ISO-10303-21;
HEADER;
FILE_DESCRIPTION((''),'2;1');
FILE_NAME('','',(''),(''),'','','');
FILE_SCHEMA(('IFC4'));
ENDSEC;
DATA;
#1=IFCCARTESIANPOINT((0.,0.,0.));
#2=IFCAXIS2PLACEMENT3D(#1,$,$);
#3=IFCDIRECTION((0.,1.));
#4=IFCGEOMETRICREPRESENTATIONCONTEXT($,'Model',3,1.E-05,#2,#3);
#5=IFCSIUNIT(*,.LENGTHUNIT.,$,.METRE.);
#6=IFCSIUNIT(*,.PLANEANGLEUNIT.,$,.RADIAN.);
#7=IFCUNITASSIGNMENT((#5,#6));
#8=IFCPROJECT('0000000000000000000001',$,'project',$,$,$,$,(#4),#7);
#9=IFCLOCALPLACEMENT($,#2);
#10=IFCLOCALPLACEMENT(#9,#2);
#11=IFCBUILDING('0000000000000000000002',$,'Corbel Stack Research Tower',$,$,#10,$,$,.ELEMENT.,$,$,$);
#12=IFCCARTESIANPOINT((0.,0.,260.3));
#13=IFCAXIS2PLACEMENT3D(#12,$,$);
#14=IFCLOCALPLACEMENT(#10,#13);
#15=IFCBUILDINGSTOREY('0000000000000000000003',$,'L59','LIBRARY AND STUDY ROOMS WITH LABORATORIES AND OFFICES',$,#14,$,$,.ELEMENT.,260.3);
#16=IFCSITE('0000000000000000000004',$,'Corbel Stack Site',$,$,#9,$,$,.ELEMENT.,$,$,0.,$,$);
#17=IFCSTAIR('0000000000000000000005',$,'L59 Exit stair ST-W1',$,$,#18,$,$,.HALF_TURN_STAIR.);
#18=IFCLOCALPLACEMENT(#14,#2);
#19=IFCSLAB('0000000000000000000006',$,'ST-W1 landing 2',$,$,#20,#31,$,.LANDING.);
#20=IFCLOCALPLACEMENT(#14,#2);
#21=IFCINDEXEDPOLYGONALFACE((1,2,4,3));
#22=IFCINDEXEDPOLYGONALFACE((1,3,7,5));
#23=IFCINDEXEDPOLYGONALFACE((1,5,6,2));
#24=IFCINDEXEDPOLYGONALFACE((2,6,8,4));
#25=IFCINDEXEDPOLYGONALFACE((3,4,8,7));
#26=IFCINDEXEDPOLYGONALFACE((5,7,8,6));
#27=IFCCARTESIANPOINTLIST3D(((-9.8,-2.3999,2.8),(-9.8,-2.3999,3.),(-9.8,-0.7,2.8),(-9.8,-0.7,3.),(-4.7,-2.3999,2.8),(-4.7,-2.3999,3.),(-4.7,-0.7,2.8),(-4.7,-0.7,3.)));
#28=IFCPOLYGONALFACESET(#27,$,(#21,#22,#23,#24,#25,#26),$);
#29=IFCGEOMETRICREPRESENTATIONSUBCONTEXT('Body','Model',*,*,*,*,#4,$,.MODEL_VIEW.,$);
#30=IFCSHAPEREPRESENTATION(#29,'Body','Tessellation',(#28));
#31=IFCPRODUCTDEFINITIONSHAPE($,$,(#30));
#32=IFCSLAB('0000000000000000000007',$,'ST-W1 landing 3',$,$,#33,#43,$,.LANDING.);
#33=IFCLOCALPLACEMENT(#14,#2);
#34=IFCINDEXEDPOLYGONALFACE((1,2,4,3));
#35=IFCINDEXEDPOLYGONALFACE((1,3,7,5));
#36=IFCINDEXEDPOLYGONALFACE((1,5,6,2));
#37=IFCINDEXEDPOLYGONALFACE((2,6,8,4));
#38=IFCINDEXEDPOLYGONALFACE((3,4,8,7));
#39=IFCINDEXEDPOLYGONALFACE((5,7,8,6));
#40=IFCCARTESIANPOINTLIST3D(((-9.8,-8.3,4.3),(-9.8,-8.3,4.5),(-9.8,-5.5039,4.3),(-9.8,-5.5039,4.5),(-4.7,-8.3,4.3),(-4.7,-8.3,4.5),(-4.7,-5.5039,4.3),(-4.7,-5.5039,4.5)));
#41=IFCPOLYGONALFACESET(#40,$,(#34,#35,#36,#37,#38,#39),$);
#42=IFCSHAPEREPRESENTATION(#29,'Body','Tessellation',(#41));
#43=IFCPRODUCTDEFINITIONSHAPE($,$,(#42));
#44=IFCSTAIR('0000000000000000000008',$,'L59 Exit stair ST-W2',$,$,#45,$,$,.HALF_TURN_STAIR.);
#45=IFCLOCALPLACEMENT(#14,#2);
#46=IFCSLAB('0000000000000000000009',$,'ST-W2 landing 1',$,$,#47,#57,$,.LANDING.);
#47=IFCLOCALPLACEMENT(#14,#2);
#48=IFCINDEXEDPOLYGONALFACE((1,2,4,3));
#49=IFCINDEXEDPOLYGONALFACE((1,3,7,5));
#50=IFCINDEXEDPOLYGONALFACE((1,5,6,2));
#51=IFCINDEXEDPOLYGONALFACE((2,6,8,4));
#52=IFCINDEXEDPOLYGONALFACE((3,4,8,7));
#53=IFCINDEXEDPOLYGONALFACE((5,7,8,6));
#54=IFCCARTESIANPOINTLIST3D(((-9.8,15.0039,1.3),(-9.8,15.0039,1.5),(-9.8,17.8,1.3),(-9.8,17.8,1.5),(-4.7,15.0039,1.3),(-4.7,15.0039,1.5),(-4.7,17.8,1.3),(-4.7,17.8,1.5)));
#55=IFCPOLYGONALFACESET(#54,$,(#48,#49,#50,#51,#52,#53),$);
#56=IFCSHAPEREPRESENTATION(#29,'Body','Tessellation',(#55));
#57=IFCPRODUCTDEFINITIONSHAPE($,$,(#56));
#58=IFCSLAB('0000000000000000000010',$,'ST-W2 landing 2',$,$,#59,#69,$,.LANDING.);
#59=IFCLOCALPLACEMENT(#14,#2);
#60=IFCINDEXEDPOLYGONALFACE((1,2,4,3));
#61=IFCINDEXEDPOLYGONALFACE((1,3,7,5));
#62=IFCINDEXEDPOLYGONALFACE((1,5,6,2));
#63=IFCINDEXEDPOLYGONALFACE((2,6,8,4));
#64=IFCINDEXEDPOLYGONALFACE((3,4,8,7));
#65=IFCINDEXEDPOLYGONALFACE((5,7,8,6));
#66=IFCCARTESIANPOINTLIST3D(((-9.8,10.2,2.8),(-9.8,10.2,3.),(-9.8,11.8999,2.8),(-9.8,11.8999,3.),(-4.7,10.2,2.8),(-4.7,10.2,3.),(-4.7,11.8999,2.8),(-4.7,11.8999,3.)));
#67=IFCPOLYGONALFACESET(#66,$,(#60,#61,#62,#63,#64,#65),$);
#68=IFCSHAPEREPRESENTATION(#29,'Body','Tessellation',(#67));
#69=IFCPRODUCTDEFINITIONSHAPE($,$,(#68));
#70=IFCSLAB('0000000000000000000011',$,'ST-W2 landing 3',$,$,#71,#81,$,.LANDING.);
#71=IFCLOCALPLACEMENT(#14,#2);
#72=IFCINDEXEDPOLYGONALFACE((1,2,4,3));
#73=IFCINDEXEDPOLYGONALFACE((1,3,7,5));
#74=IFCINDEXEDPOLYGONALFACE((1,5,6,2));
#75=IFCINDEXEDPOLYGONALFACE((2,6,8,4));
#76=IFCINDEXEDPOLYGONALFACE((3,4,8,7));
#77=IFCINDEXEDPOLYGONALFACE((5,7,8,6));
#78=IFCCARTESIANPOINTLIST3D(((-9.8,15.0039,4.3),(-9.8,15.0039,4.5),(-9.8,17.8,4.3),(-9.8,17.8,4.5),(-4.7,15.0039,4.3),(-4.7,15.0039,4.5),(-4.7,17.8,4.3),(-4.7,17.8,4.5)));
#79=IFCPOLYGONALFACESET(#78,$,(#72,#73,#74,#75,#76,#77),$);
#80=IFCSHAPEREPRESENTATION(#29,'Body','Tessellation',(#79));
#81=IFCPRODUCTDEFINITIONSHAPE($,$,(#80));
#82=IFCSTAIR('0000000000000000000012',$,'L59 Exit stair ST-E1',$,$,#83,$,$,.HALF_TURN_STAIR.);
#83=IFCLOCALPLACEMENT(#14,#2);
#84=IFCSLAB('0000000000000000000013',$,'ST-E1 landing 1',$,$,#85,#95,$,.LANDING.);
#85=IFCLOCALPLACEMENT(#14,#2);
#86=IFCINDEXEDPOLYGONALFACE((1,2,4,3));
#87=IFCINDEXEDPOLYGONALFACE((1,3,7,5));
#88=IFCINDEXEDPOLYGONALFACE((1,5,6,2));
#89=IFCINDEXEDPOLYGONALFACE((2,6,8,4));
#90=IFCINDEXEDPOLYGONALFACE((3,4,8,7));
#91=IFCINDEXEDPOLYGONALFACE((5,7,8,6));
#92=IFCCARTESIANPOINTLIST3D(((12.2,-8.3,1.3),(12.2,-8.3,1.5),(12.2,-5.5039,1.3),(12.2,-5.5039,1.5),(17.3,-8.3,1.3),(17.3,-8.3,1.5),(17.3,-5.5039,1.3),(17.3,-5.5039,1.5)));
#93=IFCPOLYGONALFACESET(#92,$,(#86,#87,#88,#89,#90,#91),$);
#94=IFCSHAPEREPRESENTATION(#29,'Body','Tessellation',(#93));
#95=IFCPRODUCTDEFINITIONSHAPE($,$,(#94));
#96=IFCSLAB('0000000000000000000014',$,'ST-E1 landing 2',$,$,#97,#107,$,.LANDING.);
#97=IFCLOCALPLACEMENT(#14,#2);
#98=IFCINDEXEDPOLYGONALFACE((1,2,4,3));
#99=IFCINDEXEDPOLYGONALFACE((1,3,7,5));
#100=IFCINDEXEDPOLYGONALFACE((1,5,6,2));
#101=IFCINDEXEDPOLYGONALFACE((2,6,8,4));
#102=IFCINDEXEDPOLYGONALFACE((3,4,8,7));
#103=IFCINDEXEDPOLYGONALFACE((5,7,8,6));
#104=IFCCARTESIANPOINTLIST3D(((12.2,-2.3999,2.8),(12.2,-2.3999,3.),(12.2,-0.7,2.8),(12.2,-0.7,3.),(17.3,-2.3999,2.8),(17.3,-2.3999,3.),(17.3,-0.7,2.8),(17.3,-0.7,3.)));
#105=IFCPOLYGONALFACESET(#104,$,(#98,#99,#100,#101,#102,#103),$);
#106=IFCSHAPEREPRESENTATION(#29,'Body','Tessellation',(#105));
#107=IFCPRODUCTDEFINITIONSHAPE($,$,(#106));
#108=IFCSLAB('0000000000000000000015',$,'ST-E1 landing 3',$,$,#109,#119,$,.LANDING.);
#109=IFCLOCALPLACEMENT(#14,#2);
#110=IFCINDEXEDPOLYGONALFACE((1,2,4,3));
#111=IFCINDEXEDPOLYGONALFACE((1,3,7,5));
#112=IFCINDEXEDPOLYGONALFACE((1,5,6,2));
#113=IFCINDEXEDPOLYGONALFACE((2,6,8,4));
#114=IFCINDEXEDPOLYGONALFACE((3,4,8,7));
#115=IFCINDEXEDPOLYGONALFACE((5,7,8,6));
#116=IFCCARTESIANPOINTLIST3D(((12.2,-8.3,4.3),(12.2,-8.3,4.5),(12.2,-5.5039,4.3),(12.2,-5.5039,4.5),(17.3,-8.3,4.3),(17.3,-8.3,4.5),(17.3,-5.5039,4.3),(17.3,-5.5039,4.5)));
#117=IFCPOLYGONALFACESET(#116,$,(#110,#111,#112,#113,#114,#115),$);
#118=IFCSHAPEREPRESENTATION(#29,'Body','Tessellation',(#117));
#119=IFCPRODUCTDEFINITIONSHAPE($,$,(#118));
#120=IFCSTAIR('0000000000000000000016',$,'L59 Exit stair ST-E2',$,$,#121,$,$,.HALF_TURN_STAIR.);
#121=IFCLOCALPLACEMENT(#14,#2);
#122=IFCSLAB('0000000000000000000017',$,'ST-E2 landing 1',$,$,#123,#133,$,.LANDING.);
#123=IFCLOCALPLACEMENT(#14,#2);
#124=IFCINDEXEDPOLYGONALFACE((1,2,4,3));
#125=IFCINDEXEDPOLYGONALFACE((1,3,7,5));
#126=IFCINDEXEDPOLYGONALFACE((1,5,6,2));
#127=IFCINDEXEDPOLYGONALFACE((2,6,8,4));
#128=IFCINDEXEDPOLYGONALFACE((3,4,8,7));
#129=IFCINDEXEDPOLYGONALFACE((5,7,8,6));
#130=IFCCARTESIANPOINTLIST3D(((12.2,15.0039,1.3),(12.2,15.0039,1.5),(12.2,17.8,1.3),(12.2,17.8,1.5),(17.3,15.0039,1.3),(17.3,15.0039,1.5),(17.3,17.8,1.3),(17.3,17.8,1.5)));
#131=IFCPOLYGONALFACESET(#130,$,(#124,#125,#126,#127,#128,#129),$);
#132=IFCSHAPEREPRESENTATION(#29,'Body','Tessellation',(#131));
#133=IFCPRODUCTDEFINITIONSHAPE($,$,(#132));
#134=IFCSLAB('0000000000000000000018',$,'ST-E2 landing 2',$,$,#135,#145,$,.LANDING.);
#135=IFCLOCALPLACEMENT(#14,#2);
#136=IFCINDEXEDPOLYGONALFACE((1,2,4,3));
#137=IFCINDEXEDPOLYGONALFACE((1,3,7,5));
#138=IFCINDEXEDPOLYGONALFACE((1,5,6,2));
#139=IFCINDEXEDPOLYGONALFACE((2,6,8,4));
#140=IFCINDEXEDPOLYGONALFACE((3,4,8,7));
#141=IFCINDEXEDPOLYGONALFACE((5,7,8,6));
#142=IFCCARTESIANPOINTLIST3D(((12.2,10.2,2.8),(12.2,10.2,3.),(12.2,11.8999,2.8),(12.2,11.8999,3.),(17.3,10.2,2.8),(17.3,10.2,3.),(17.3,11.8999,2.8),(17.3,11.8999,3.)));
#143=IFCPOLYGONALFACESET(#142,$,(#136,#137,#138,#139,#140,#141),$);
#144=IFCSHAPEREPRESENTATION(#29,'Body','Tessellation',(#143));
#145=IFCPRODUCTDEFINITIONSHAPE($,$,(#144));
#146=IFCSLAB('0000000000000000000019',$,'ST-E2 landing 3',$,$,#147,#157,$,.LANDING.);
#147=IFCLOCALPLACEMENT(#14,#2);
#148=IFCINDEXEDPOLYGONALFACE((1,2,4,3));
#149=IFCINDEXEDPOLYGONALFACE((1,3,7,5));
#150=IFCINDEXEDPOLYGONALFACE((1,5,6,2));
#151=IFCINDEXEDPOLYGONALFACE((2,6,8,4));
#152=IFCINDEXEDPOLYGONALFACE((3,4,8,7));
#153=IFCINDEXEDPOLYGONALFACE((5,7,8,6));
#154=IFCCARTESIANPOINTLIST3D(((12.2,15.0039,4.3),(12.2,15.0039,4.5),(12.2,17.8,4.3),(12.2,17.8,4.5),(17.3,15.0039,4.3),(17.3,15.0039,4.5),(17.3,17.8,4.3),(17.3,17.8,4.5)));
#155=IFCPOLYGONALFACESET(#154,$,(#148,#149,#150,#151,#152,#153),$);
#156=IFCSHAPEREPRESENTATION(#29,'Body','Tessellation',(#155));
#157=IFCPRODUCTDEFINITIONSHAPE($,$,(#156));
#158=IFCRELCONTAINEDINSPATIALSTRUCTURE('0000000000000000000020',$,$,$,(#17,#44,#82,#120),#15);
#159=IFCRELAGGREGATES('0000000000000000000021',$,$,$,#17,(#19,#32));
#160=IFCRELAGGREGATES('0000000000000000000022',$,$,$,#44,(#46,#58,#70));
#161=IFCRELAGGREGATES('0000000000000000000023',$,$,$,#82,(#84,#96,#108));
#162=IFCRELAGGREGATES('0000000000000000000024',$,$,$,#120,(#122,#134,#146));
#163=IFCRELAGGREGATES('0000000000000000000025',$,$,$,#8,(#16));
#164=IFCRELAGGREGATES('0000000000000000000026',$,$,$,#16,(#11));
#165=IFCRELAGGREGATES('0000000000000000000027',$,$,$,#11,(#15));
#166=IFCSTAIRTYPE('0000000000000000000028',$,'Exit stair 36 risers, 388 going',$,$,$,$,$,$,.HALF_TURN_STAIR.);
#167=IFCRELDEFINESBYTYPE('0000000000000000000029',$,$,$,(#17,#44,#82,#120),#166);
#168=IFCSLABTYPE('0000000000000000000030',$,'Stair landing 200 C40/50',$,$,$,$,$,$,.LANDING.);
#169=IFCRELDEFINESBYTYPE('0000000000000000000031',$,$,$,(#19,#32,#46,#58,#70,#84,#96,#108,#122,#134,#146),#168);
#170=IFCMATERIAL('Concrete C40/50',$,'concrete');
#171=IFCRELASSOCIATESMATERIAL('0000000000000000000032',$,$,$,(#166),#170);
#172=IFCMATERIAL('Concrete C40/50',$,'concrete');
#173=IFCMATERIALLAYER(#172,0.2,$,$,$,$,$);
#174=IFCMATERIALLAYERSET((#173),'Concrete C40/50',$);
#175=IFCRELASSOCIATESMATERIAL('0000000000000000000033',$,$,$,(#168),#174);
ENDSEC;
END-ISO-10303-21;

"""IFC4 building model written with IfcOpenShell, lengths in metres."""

from ifc_helpers import new_model, si_unit, direction, frame, origin, place, context, subcontext, project, spatial, polyline, outline, extrude, material, layer, layer_set, type_object, element, aggregate, save


model = new_model("IFC4")

# Units and contexts
model_context = context("Model", 3, precision=1e-05, world=origin(), true_north=direction((0.0, 1.0)))
body_context = subcontext(model_context, "Body", "Model", "MODEL_VIEW")
ifc_project = project(units=[si_unit("LENGTHUNIT", "METRE"), si_unit("PLANEANGLEUNIT", "RADIAN")], contexts=[model_context])

# Site, building, storey
site_placement = place(None, origin())
site = spatial("IfcSite", under=ifc_project, at=site_placement, Name="Corbel Stack Site", CompositionType="ELEMENT", RefElevation=0.0)
building_placement = place(site_placement, origin())
building = spatial("IfcBuilding", under=site, at=building_placement, Name="Corbel Stack Research Tower", CompositionType="ELEMENT")
storey_placement = place(building_placement, frame((0.0, 0.0, 260.3)))
storey = spatial("IfcBuildingStorey", under=building, at=storey_placement, Name="L59", Description="LIBRARY AND STUDY ROOMS WITH LABORATORIES AND OFFICES", CompositionType="ELEMENT", Elevation=260.3)

# Stairs, slabs
ifc_material_1 = material(Name="Concrete C40/50", Category="concrete")
stair_type = type_object("IfcStairType", Name="Exit stair 36 risers, 388 going", PredefinedType="HALF_TURN_STAIR", material=ifc_material_1)
stair_1_placement = place(storey_placement, origin())
stair_1 = element("IfcStair", 1, at=stair_1_placement, inside=storey, type_object=stair_type, Name="L59 Exit stair ST-W1", PredefinedType="HALF_TURN_STAIR")
ifc_material_2 = material(Name="Concrete C40/50", Category="concrete")
ifc_layer_1 = layer(ifc_material_2, 0.2)
ifc_layer_set_1 = layer_set([ifc_layer_1], Name="Concrete C40/50")
slab_type_1 = type_object("IfcSlabType", Name="Stair landing 200 C40/50", PredefinedType="LANDING", material=ifc_layer_set_1)
slab_1_placement = place(storey_placement, frame((0.0, 0.0, 2.8)))
slab_1 = element("IfcSlab", 2, at=slab_1_placement, type_object=slab_type_1, Name="ST-W1 landing 2", PredefinedType="LANDING", context=body_context, shape_type="SweptSolid", body=[
    extrude(outline(polyline([(-9.8, -2.3999), (-9.8, -0.7), (-4.7, -0.7), (-4.7, -2.3999), (-9.8, -2.3999)])), origin(), (0.0, 0.0, 1.0), 0.2),
])
slab_2_placement = place(storey_placement, frame((0.0, 0.0, 4.3)))
slab_2 = element("IfcSlab", 3, at=slab_2_placement, type_object=slab_type_1, Name="ST-W1 landing 3", PredefinedType="LANDING", context=body_context, shape_type="SweptSolid", body=[
    extrude(outline(polyline([(-9.8, -8.3), (-9.8, -5.5039), (-4.7, -5.5039), (-4.7, -8.3), (-9.8, -8.3)])), origin(), (0.0, 0.0, 1.0), 0.2),
])
aggregate(stair_1, [slab_1, slab_2])
stair_2_placement = place(storey_placement, origin())
stair_2 = element("IfcStair", 4, at=stair_2_placement, inside=storey, type_object=stair_type, Name="L59 Exit stair ST-W2", PredefinedType="HALF_TURN_STAIR")
slab_3_placement = place(storey_placement, frame((0.0, 0.0, 1.3)))
slab_3 = element("IfcSlab", 5, at=slab_3_placement, type_object=slab_type_1, Name="ST-W2 landing 1", PredefinedType="LANDING", context=body_context, shape_type="SweptSolid", body=[
    extrude(outline(polyline([(-9.8, 15.0039), (-9.8, 17.8), (-4.7, 17.8), (-4.7, 15.0039), (-9.8, 15.0039)])), origin(), (0.0, 0.0, 1.0), 0.2),
])
slab_4_placement = place(storey_placement, frame((0.0, 0.0, 2.8)))
slab_4 = element("IfcSlab", 6, at=slab_4_placement, type_object=slab_type_1, Name="ST-W2 landing 2", PredefinedType="LANDING", context=body_context, shape_type="SweptSolid", body=[
    extrude(outline(polyline([(-9.8, 10.2), (-9.8, 11.8999), (-4.7, 11.8999), (-4.7, 10.2), (-9.8, 10.2)])), origin(), (0.0, 0.0, 1.0), 0.2),
])
slab_5_placement = place(storey_placement, frame((0.0, 0.0, 4.3)))
slab_5 = element("IfcSlab", 7, at=slab_5_placement, type_object=slab_type_1, Name="ST-W2 landing 3", PredefinedType="LANDING", context=body_context, shape_type="SweptSolid", body=[
    extrude(outline(polyline([(-9.8, 15.0039), (-9.8, 17.8), (-4.7, 17.8), (-4.7, 15.0039), (-9.8, 15.0039)])), origin(), (0.0, 0.0, 1.0), 0.2),
])
aggregate(stair_2, [slab_3, slab_4, slab_5])
stair_3_placement = place(storey_placement, origin())
stair_3 = element("IfcStair", 8, at=stair_3_placement, inside=storey, type_object=stair_type, Name="L59 Exit stair ST-E1", PredefinedType="HALF_TURN_STAIR")
slab_6_placement = place(storey_placement, frame((0.0, 0.0, 1.3)))
slab_6 = element("IfcSlab", 9, at=slab_6_placement, type_object=slab_type_1, Name="ST-E1 landing 1", PredefinedType="LANDING", context=body_context, shape_type="SweptSolid", body=[
    extrude(outline(polyline([(12.2, -8.3), (12.2, -5.5039), (17.3, -5.5039), (17.3, -8.3), (12.2, -8.3)])), origin(), (0.0, 0.0, 1.0), 0.2),
])
slab_7_placement = place(storey_placement, frame((0.0, 0.0, 2.8)))
slab_7 = element("IfcSlab", 10, at=slab_7_placement, type_object=slab_type_1, Name="ST-E1 landing 2", PredefinedType="LANDING", context=body_context, shape_type="SweptSolid", body=[
    extrude(outline(polyline([(12.2, -2.3999), (12.2, -0.7), (17.3, -0.7), (17.3, -2.3999), (12.2, -2.3999)])), origin(), (0.0, 0.0, 1.0), 0.2),
])
slab_8_placement = place(storey_placement, frame((0.0, 0.0, 4.3)))
slab_8 = element("IfcSlab", 11, at=slab_8_placement, type_object=slab_type_1, Name="ST-E1 landing 3", PredefinedType="LANDING", context=body_context, shape_type="SweptSolid", body=[
    extrude(outline(polyline([(12.2, -8.3), (12.2, -5.5039), (17.3, -5.5039), (17.3, -8.3), (12.2, -8.3)])), origin(), (0.0, 0.0, 1.0), 0.2),
])
aggregate(stair_3, [slab_6, slab_7, slab_8])
stair_4_placement = place(storey_placement, origin())
stair_4 = element("IfcStair", 12, at=stair_4_placement, inside=storey, type_object=stair_type, Name="L59 Exit stair ST-E2", PredefinedType="HALF_TURN_STAIR")
slab_9_placement = place(storey_placement, frame((0.0, 0.0, 1.3)))
slab_9 = element("IfcSlab", 13, at=slab_9_placement, type_object=slab_type_1, Name="ST-E2 landing 1", PredefinedType="LANDING", context=body_context, shape_type="SweptSolid", body=[
    extrude(outline(polyline([(12.2, 15.0039), (12.2, 17.8), (17.3, 17.8), (17.3, 15.0039), (12.2, 15.0039)])), origin(), (0.0, 0.0, 1.0), 0.2),
])
slab_10_placement = place(storey_placement, frame((0.0, 0.0, 2.8)))
slab_10 = element("IfcSlab", 14, at=slab_10_placement, type_object=slab_type_1, Name="ST-E2 landing 2", PredefinedType="LANDING", context=body_context, shape_type="SweptSolid", body=[
    extrude(outline(polyline([(12.2, 10.2), (12.2, 11.8999), (17.3, 11.8999), (17.3, 10.2), (12.2, 10.2)])), origin(), (0.0, 0.0, 1.0), 0.2),
])
slab_11_placement = place(storey_placement, frame((0.0, 0.0, 4.3)))
slab_11 = element("IfcSlab", 15, at=slab_11_placement, type_object=slab_type_1, Name="ST-E2 landing 3", PredefinedType="LANDING", context=body_context, shape_type="SweptSolid", body=[
    extrude(outline(polyline([(12.2, 15.0039), (12.2, 17.8), (17.3, 17.8), (17.3, 15.0039), (12.2, 15.0039)])), origin(), (0.0, 0.0, 1.0), 0.2),
])
aggregate(stair_4, [slab_9, slab_10, slab_11])

save(model, "model.ifc")
